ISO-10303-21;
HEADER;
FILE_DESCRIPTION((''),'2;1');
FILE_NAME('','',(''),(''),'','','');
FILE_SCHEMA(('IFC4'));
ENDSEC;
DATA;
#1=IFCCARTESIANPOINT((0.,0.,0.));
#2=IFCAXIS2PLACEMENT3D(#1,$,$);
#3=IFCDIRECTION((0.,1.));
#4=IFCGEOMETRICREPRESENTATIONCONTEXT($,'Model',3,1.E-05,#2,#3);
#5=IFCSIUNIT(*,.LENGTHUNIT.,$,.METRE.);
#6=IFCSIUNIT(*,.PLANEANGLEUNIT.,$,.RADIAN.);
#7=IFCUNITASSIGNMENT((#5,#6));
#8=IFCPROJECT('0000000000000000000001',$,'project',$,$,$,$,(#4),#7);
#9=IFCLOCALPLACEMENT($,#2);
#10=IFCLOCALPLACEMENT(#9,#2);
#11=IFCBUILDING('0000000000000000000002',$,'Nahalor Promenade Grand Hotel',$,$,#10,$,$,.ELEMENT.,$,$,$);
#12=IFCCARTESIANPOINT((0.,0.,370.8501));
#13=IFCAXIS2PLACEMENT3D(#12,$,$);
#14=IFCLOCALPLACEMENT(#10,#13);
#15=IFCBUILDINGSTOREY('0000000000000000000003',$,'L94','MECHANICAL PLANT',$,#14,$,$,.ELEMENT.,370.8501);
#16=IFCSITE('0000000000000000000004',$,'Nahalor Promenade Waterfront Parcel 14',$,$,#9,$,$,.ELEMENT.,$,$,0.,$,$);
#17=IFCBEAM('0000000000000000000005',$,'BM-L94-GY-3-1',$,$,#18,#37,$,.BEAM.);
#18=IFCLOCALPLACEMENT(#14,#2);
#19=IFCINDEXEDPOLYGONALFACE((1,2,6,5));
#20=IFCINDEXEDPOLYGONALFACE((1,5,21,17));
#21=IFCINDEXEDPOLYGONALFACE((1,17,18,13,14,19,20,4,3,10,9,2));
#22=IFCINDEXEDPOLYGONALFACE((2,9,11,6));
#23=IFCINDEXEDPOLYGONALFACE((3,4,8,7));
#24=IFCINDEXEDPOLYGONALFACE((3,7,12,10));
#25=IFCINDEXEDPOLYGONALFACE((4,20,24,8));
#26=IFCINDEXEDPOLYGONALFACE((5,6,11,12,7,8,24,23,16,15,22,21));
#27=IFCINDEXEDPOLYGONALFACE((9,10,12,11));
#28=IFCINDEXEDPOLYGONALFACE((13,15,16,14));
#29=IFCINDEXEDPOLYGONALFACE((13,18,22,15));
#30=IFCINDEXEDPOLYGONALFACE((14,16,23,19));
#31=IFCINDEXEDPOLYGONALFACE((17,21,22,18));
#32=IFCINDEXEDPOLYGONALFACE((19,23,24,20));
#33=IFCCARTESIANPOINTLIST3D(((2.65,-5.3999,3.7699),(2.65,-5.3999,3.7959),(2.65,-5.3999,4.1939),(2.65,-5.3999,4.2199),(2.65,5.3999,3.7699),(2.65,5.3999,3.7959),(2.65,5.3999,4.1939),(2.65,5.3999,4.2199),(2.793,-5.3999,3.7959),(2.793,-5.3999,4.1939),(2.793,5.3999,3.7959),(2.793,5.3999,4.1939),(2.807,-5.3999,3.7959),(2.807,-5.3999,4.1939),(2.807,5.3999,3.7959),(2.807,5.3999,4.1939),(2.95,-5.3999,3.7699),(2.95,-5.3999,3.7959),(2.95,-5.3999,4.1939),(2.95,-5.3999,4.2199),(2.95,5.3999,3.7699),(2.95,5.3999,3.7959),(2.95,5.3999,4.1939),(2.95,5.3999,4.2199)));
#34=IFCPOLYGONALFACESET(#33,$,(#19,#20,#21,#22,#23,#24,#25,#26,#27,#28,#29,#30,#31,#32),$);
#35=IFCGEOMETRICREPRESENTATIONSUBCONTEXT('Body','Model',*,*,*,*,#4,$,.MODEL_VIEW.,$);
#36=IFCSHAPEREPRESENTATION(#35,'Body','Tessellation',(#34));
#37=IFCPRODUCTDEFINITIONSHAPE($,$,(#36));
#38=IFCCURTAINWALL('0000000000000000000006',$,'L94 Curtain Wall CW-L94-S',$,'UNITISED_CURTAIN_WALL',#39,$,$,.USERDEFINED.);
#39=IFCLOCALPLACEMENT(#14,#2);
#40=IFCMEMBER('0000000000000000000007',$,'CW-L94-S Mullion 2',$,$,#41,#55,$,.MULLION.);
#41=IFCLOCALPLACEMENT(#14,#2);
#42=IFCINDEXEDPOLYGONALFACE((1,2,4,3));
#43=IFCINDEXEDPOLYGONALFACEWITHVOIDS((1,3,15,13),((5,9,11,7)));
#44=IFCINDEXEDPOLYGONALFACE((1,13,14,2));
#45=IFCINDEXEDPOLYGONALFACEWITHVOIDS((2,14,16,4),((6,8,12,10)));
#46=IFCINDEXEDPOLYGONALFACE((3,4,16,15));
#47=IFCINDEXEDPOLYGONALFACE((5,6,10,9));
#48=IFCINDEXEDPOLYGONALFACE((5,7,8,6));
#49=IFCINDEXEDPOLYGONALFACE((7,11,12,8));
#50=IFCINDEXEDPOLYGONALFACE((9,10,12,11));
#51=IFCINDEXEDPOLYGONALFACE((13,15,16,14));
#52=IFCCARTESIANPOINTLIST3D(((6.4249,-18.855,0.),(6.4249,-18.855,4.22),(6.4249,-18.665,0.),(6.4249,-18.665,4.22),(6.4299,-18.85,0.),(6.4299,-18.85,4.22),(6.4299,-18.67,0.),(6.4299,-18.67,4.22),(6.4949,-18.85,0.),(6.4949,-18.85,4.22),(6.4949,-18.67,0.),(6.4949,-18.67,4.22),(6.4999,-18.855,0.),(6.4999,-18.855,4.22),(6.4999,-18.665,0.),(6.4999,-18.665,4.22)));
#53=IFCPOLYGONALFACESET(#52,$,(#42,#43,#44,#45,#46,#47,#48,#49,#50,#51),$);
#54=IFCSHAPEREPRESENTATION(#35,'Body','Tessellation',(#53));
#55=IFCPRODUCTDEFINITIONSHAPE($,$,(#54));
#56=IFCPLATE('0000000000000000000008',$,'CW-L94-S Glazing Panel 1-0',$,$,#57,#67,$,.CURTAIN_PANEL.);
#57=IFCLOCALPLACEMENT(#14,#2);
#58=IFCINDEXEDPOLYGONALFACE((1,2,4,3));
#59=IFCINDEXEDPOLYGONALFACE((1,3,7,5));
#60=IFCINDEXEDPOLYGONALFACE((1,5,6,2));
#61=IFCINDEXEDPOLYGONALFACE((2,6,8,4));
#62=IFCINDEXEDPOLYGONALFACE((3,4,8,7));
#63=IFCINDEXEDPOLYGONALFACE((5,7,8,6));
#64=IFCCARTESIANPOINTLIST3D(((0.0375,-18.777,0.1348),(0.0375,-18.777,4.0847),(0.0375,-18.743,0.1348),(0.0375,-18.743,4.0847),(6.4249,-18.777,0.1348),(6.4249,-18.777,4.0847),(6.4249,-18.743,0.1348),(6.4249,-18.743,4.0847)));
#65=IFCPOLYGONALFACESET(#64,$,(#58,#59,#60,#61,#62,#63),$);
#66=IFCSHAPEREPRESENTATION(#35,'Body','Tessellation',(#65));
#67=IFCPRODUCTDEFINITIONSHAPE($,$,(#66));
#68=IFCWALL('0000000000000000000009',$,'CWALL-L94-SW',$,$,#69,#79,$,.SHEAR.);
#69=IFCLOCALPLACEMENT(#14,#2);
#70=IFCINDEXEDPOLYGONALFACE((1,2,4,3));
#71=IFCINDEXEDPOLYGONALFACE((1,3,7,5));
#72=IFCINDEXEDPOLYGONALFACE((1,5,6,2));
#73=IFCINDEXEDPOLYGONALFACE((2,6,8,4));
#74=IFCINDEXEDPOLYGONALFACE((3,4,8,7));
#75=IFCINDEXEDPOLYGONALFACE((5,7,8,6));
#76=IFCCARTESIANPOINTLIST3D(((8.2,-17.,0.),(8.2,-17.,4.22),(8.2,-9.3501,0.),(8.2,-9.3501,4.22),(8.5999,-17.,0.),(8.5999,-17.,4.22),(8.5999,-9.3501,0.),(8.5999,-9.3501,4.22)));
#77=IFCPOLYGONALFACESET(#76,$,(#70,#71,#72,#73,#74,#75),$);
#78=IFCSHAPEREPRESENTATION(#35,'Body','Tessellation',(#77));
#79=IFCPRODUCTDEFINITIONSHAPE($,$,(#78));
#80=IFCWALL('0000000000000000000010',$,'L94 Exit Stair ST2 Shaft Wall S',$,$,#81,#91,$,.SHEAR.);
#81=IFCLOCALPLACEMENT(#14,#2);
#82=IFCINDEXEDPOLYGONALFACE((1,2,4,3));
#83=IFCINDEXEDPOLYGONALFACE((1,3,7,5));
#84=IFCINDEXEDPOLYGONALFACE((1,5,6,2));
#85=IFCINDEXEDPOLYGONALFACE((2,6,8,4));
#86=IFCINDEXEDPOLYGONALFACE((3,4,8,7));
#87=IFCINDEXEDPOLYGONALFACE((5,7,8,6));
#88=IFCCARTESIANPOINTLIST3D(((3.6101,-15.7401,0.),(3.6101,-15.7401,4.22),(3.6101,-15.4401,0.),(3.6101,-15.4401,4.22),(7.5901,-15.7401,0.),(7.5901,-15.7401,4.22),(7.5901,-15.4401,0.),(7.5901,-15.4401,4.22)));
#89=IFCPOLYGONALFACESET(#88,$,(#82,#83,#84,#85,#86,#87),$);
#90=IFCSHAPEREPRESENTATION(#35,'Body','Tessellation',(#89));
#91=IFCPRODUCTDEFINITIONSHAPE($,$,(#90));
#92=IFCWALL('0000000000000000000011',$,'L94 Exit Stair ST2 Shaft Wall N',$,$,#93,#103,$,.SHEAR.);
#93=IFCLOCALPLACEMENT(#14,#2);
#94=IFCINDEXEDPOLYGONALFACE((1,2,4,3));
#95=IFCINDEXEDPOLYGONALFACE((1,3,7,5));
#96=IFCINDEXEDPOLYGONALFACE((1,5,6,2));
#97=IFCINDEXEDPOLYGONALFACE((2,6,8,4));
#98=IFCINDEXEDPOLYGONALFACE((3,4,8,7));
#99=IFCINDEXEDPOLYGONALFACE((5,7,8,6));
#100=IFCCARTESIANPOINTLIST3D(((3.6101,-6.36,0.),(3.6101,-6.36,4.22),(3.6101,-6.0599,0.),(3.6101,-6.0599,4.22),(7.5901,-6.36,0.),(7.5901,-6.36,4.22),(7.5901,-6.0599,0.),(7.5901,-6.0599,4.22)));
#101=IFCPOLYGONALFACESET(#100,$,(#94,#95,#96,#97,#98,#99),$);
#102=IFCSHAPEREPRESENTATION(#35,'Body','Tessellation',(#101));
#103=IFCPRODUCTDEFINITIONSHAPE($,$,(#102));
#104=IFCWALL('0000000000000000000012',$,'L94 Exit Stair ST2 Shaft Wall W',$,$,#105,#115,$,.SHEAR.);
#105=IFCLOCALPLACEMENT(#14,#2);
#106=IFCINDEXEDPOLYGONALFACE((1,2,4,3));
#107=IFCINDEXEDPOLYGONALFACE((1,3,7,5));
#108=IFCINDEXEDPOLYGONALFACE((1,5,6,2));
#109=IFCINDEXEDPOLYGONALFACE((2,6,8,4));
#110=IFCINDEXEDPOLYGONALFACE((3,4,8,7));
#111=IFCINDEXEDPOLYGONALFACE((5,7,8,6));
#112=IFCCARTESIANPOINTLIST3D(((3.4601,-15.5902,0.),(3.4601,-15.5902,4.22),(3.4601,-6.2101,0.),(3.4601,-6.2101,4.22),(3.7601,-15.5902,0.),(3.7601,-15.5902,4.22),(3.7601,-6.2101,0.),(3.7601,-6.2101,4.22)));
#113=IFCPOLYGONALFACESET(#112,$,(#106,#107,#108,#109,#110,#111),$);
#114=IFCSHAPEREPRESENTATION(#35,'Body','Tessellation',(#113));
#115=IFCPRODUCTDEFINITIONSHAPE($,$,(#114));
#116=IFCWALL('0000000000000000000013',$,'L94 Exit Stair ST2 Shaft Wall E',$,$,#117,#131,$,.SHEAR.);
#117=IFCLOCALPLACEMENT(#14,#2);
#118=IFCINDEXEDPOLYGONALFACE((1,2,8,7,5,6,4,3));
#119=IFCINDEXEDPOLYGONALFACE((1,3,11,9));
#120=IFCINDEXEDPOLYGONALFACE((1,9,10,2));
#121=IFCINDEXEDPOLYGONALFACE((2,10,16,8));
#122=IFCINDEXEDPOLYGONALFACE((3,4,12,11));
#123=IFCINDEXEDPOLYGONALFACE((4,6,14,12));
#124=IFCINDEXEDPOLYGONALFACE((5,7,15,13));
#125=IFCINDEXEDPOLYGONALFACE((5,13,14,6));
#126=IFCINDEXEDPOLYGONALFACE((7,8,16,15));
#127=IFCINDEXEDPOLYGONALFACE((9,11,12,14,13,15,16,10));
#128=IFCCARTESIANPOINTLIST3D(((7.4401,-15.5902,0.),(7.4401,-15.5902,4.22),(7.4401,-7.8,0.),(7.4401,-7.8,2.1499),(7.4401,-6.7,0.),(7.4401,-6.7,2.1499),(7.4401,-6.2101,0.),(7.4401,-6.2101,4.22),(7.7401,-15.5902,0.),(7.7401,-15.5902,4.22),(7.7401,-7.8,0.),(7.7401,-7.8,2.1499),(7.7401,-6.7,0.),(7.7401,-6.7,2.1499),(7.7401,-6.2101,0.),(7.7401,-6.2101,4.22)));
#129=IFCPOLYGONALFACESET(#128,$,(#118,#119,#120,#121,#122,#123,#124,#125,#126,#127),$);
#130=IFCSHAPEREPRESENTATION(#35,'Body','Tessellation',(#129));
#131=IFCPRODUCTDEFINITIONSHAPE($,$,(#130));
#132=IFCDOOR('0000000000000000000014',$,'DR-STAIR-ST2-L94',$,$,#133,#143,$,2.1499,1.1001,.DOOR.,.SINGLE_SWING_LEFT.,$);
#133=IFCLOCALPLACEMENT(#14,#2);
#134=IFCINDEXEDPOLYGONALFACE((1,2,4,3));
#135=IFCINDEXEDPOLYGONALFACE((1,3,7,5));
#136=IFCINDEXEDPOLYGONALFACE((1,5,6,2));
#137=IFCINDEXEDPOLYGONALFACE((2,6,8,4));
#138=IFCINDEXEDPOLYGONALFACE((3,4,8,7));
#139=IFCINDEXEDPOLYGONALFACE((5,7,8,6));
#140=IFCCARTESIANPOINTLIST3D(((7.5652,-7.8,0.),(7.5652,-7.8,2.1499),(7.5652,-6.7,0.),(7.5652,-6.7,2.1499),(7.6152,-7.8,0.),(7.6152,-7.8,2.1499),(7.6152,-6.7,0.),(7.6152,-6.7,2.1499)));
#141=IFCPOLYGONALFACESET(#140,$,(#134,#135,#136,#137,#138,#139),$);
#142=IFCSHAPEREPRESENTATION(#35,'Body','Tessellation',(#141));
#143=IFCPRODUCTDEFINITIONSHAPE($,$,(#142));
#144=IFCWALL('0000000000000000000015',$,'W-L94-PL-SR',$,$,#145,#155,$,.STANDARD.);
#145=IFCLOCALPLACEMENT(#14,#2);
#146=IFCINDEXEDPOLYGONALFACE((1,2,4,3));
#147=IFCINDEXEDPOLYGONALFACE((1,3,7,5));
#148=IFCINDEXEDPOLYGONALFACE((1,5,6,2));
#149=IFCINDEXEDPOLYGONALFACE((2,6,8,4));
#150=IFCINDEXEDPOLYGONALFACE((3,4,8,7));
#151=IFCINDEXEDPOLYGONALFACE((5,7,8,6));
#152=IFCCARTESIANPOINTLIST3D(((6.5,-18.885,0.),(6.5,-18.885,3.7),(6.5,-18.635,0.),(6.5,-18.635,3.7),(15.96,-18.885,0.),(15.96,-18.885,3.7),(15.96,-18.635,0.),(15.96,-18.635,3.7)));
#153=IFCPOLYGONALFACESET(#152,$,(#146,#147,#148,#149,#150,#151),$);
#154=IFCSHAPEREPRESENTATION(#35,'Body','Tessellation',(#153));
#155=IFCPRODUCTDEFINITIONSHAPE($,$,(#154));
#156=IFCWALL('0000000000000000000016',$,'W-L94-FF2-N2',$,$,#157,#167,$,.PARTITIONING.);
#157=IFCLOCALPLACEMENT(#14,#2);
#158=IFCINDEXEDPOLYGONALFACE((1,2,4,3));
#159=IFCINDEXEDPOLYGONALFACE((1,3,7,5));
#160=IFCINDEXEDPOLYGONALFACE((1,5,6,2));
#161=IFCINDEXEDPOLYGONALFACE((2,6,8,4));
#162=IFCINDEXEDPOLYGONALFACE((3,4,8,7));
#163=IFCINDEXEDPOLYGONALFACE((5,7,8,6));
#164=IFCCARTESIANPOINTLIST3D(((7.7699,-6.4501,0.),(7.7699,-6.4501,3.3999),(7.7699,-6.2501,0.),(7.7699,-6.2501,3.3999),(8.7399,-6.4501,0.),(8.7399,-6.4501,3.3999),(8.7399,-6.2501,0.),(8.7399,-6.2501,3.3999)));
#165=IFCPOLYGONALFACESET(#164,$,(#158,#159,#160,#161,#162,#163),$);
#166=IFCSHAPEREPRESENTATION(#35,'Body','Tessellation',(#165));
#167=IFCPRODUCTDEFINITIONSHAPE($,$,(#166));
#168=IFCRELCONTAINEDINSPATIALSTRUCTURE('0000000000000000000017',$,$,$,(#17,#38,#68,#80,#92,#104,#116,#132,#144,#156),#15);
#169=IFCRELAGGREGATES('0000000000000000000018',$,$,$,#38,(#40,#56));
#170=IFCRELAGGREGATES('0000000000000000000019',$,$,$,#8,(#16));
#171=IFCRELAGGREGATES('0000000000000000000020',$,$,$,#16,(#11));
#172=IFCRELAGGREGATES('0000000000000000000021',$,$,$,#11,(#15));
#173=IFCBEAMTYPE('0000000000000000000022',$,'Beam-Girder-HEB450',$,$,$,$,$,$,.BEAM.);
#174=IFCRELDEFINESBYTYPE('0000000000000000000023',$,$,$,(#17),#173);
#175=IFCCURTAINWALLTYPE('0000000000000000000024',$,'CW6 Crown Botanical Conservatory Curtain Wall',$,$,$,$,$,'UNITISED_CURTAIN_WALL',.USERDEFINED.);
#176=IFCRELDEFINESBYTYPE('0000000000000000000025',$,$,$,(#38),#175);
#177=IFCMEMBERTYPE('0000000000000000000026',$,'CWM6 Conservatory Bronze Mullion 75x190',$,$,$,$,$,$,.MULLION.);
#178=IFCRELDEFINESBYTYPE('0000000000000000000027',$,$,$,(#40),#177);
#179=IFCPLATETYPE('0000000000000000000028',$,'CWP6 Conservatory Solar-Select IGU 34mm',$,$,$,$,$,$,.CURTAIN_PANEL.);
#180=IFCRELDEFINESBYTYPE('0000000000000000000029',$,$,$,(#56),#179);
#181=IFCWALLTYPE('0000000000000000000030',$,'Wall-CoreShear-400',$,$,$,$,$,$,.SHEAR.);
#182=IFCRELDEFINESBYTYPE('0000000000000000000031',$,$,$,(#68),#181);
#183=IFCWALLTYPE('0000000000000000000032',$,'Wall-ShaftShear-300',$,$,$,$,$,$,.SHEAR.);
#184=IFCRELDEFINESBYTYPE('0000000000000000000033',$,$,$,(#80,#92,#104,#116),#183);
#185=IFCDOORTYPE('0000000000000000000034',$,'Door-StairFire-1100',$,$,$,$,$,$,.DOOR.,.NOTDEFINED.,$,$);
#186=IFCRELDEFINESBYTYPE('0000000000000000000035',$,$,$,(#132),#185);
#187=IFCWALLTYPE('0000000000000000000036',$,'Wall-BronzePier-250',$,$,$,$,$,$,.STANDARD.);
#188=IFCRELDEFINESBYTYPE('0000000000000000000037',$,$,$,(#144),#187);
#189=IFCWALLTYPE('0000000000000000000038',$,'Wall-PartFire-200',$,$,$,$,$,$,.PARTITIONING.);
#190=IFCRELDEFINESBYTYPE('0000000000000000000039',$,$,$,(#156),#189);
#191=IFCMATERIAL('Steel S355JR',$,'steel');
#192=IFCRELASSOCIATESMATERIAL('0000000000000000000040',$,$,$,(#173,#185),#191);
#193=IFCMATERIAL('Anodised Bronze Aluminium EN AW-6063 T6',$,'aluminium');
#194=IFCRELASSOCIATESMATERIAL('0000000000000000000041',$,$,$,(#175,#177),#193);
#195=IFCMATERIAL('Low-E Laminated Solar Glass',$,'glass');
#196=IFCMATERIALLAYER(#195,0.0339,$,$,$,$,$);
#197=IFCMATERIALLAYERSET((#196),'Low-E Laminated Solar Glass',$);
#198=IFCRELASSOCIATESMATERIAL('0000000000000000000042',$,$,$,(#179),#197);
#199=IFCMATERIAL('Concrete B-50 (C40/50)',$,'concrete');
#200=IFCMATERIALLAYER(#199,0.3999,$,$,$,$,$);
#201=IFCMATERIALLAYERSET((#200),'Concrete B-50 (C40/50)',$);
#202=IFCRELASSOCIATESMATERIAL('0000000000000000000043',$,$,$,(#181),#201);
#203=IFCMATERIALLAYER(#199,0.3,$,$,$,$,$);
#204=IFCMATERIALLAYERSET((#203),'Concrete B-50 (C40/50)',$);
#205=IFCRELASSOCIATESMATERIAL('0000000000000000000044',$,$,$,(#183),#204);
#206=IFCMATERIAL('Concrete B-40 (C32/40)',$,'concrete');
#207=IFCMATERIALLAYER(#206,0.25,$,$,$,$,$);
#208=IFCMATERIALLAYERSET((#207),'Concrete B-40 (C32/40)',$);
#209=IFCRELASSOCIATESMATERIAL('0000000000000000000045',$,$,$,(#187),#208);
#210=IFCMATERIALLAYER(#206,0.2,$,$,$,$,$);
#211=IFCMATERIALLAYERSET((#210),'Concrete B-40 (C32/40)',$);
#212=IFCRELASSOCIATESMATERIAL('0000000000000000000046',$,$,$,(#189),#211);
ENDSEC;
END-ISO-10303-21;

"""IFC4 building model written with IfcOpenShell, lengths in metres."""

from ifc_helpers import new_model, si_unit, direction, frame, frame_2d, origin, origin_2d, place, context, subcontext, project, spatial, rectangle, hollow_rectangle, i_section, extrude, source, transform, mapped, material, layer, layer_set, material_profile, profile_set, type_object, element, fill, aggregate, save


model = new_model("IFC4")

# Units and contexts
model_context = context("Model", 3, precision=1e-05, world=origin(), true_north=direction((0.0, 1.0)))
body_context = subcontext(model_context, "Body", "Model", "MODEL_VIEW")
ifc_project = project(units=[si_unit("LENGTHUNIT", "METRE"), si_unit("PLANEANGLEUNIT", "RADIAN")], contexts=[model_context])

# Site, building, storey
site_placement = place(None, origin())
site = spatial("IfcSite", under=ifc_project, at=site_placement, Name="Nahalor Promenade Waterfront Parcel 14", CompositionType="ELEMENT", RefElevation=0.0)
building_placement = place(site_placement, origin())
building = spatial("IfcBuilding", under=site, at=building_placement, Name="Nahalor Promenade Grand Hotel", CompositionType="ELEMENT")
storey_placement = place(building_placement, frame((0.0, 0.0, 370.8501)))
storey = spatial("IfcBuildingStorey", under=building, at=storey_placement, Name="L94", Description="MECHANICAL PLANT", CompositionType="ELEMENT", Elevation=370.8501)

# Shared definitions
ifc_material_1 = material(Name="Concrete B-50 (C40/50)", Category="concrete")

# Beam
ifc_material_2 = material(Name="Steel S355JR", Category="steel")
ifc_material_profile_1 = material_profile(ifc_material_2, i_section(OverallWidth=0.3, OverallDepth=0.45, WebThickness=0.014, FlangeThickness=0.026, at=origin_2d()), Name="HEB 450")
ifc_profile_set_1 = profile_set([ifc_material_profile_1], Name="Steel S355JR")
beam_type_1 = type_object("IfcBeamType", Name="Beam-Girder-HEB450", PredefinedType="BEAM", material=ifc_profile_set_1)
shared_shape_1 = source(origin(), body_context, "Body", "SweptSolid", [
    extrude(i_section(OverallWidth=0.3, OverallDepth=0.45, WebThickness=0.014, FlangeThickness=0.026, at=origin_2d()), origin(), (0.0, 0.0, 1.0), 10.7998),
])
beam_1_placement = place(storey_placement, frame((2.8, -5.3999, 3.9949), z_axis=(0.0, 1.0, 0.0), x_axis=(-1.0, 0.0, 0.0)))
element("IfcBeam", 1, at=beam_1_placement, inside=storey, type_object=beam_type_1, Name="BM-L94-GY-3-1", PredefinedType="BEAM", context=body_context, shape_type="MappedRepresentation", body=[
    mapped(shared_shape_1, transform((0.0, 0.0, 0.0), scale=1.0)),
])

# Curtain wall, member, plate
ifc_material_3 = material(Name="Anodised Bronze Aluminium EN AW-6063 T6", Category="aluminium")
curtain_wall_type = type_object("IfcCurtainWallType", Name="CW6 Crown Botanical Conservatory Curtain Wall", ElementType="UNITISED_CURTAIN_WALL", PredefinedType="USERDEFINED", material=ifc_material_3)
curtain_wall_placement = place(storey_placement, origin())
curtain_wall = element("IfcCurtainWall", 2, at=curtain_wall_placement, inside=storey, type_object=curtain_wall_type, Name="L94 Curtain Wall CW-L94-S", ObjectType="UNITISED_CURTAIN_WALL", PredefinedType="USERDEFINED")
ifc_material_profile_2 = material_profile(ifc_material_3, hollow_rectangle(XDim=0.075, YDim=0.19, WallThickness=0.005, at=origin_2d()), Name="CWM 75x190x5")
ifc_profile_set_2 = profile_set([ifc_material_profile_2], Name="Anodised Bronze Aluminium EN AW-6063 T6")
member_type = type_object("IfcMemberType", Name="CWM6 Conservatory Bronze Mullion 75x190", PredefinedType="MULLION", material=ifc_profile_set_2)
shared_shape_2 = source(origin(), body_context, "Body", "SweptSolid", [
    extrude(hollow_rectangle(XDim=0.075, YDim=0.19, WallThickness=0.005, at=origin_2d()), origin(), (0.0, 0.0, 1.0), 4.22),
])
member_placement = place(storey_placement, frame((6.4624, -18.76, 0.0), z_axis=(0.0, 0.0, 1.0), x_axis=(1.0, 0.0, 0.0)))
member = element("IfcMember", 3, at=member_placement, type_object=member_type, Name="CW-L94-S Mullion 2", PredefinedType="MULLION", context=body_context, shape_type="MappedRepresentation", body=[
    mapped(shared_shape_2, transform((0.0, 0.0, 0.0), scale=1.0)),
])
ifc_material_4 = material(Name="Low-E Laminated Solar Glass", Category="glass")
ifc_layer_1 = layer(ifc_material_4, 0.0339)
ifc_layer_set_1 = layer_set([ifc_layer_1], Name="Low-E Laminated Solar Glass")
plate_type = type_object("IfcPlateType", Name="CWP6 Conservatory Solar-Select IGU 34mm", PredefinedType="CURTAIN_PANEL", material=ifc_layer_set_1)
shared_shape_3 = source(origin(), body_context, "Body", "SweptSolid", [
    extrude(rectangle(XDim=6.3875, YDim=0.0339, at=origin_2d()), origin(), (0.0, 0.0, 1.0), 3.95),
])
plate_placement = place(storey_placement, frame((3.2312, -18.76, 0.1348), z_axis=(0.0, 0.0, 1.0), x_axis=(1.0, 0.0, 0.0)))
plate = element("IfcPlate", 4, at=plate_placement, type_object=plate_type, Name="CW-L94-S Glazing Panel 1-0", PredefinedType="CURTAIN_PANEL", context=body_context, shape_type="MappedRepresentation", body=[
    mapped(shared_shape_3, transform((0.0, 0.0, 0.0), scale=1.0)),
])
aggregate(curtain_wall, [member, plate])

# Walls
ifc_layer_2 = layer(ifc_material_1, 0.3999)
ifc_layer_set_2 = layer_set([ifc_layer_2], Name="Concrete B-50 (C40/50)")
wall_type_1 = type_object("IfcWallType", Name="Wall-CoreShear-400", PredefinedType="SHEAR", material=ifc_layer_set_2)
shared_shape_4 = source(origin(), body_context, "Body", "SweptSolid", [
    extrude(rectangle(XDim=7.6499, YDim=0.3999, at=frame_2d((3.825, 0.0))), origin(), (0.0, 0.0, 1.0), 4.22),
])
wall_1_placement = place(storey_placement, frame((8.3999, -17.0, 0.0), z_axis=(0.0, 0.0, 1.0), x_axis=(0.0, 1.0, 0.0)))
element("IfcWall", 5, at=wall_1_placement, inside=storey, type_object=wall_type_1, Name="CWALL-L94-SW", PredefinedType="SHEAR", context=body_context, shape_type="MappedRepresentation", body=[
    mapped(shared_shape_4, transform((0.0, 0.0, 0.0), scale=1.0)),
])
ifc_layer_3 = layer(ifc_material_1, 0.3)
ifc_layer_set_3 = layer_set([ifc_layer_3], Name="Concrete B-50 (C40/50)")
wall_type_2 = type_object("IfcWallType", Name="Wall-ShaftShear-300", PredefinedType="SHEAR", material=ifc_layer_set_3)
shared_shape_5 = source(origin(), body_context, "Body", "SweptSolid", [
    extrude(rectangle(XDim=3.98, YDim=0.3, at=frame_2d((1.99, 0.0))), origin(), (0.0, 0.0, 1.0), 4.22),
])
for number, where, z_axis, x_axis, name in (
    (6, (3.6101, -15.5901, 0.0), (0.0, 0.0, 1.0), (1.0, 0.0, 0.0), "L94 Exit Stair ST2 Shaft Wall S"),
    (7, (3.6101, -6.21, 0.0), (0.0, 0.0, 1.0), (1.0, 0.0, 0.0), "L94 Exit Stair ST2 Shaft Wall N"),
):
    element("IfcWall", number, at=place(storey_placement, frame(where, z_axis=z_axis, x_axis=x_axis)), inside=storey, type_object=wall_type_2, Name=name, PredefinedType="SHEAR", context=body_context, shape_type="MappedRepresentation", body=[
        mapped(shared_shape_5, transform((0.0, 0.0, 0.0), scale=1.0)),
    ])
shared_shape_6 = source(origin(), body_context, "Body", "SweptSolid", [
    extrude(rectangle(XDim=9.3801, YDim=0.3, at=frame_2d((4.6899, 0.0))), origin(), (0.0, 0.0, 1.0), 4.22),
])
wall_2_placement = place(storey_placement, frame((3.6101, -15.5901, 0.0), z_axis=(0.0, 0.0, 1.0), x_axis=(0.0, 1.0, 0.0)))
element("IfcWall", 8, at=wall_2_placement, inside=storey, type_object=wall_type_2, Name="L94 Exit Stair ST2 Shaft Wall W", PredefinedType="SHEAR", context=body_context, shape_type="MappedRepresentation", body=[
    mapped(shared_shape_6, transform((0.0, 0.0, 0.0), scale=1.0)),
])

# Wall, opening, door
wall_3_placement = place(storey_placement, frame((7.5901, -15.5901, 0.0), z_axis=(0.0, 0.0, 1.0), x_axis=(0.0, 1.0, 0.0)))
wall_3 = element("IfcWall", 9, at=wall_3_placement, inside=storey, type_object=wall_type_2, Name="L94 Exit Stair ST2 Shaft Wall E", PredefinedType="SHEAR", context=body_context, shape_type="MappedRepresentation", body=[
    mapped(shared_shape_6, transform((0.0, 0.0, 0.0), scale=1.0)),
])
opening_placement = place(wall_3_placement, frame((7.79, 0.0, 0.0)))
opening = element("IfcOpeningElement", 10, at=opening_placement, cuts=wall_3, PredefinedType="OPENING", context=body_context, shape_type="SweptSolid", body=[
    extrude(rectangle(XDim=1.1001, YDim=2.1499, at=frame_2d((0.55, 1.075))), frame((0.0, 0.1599, 0.0), z_axis=(0.0, -1.0, 0.0), x_axis=(1.0, 0.0, 0.0)), (0.0, 0.0, 1.0), 0.3201),
])
door_type = type_object("IfcDoorType", Name="Door-StairFire-1100", OperationType="NOTDEFINED", PredefinedType="DOOR", material=ifc_material_2)
shared_shape_7 = source(origin(), body_context, "Body", "SweptSolid", [
    extrude(rectangle(XDim=1.1001, YDim=2.1499, at=frame_2d((0.55, 1.075))), frame((0.0, 0.0249, 0.0), z_axis=(0.0, -1.0, 0.0), x_axis=(1.0, 0.0, 0.0)), (0.0, 0.0, 1.0), 0.05),
])
door_placement = place(opening_placement, origin())
door = element("IfcDoor", 11, at=door_placement, inside=storey, type_object=door_type, Name="DR-STAIR-ST2-L94", OperationType="SINGLE_SWING_LEFT", OverallHeight=2.1499, OverallWidth=1.1001, PredefinedType="DOOR", context=body_context, shape_type="MappedRepresentation", body=[
    mapped(shared_shape_7, transform((0.0, 0.0, 0.0), scale=1.0)),
])
fill(opening, door)

# Walls
ifc_material_5 = material(Name="Concrete B-40 (C32/40)", Category="concrete")
ifc_layer_4 = layer(ifc_material_5, 0.25)
ifc_layer_set_4 = layer_set([ifc_layer_4], Name="Concrete B-40 (C32/40)")
wall_type_3 = type_object("IfcWallType", Name="Wall-BronzePier-250", PredefinedType="STANDARD", material=ifc_layer_set_4)
shared_shape_8 = source(origin(), body_context, "Body", "SweptSolid", [
    extrude(rectangle(XDim=9.46, YDim=0.25, at=frame_2d((4.73, 0.0))), origin(), (0.0, 0.0, 1.0), 3.7),
])
wall_4_placement = place(storey_placement, frame((6.5, -18.76, 0.0), z_axis=(0.0, 0.0, 1.0), x_axis=(1.0, 0.0, 0.0)))
element("IfcWall", 12, at=wall_4_placement, inside=storey, type_object=wall_type_3, Name="W-L94-PL-SR", PredefinedType="STANDARD", context=body_context, shape_type="MappedRepresentation", body=[
    mapped(shared_shape_8, transform((0.0, 0.0, 0.0), scale=1.0)),
])
ifc_layer_5 = layer(ifc_material_5, 0.2)
ifc_layer_set_5 = layer_set([ifc_layer_5], Name="Concrete B-40 (C32/40)")
wall_type_4 = type_object("IfcWallType", Name="Wall-PartFire-200", PredefinedType="PARTITIONING", material=ifc_layer_set_5)
shared_shape_9 = source(origin(), body_context, "Body", "SweptSolid", [
    extrude(rectangle(XDim=0.97, YDim=0.2, at=frame_2d((0.4849, 0.0))), origin(), (0.0, 0.0, 1.0), 3.3999),
])
wall_5_placement = place(storey_placement, frame((7.77, -6.3501, 0.0), z_axis=(0.0, 0.0, 1.0), x_axis=(1.0, 0.0, 0.0)))
element("IfcWall", 13, at=wall_5_placement, inside=storey, type_object=wall_type_4, Name="W-L94-FF2-N2", PredefinedType="PARTITIONING", context=body_context, shape_type="MappedRepresentation", body=[
    mapped(shared_shape_9, transform((0.0, 0.0, 0.0), scale=1.0)),
])

save(model, "model.ifc")
